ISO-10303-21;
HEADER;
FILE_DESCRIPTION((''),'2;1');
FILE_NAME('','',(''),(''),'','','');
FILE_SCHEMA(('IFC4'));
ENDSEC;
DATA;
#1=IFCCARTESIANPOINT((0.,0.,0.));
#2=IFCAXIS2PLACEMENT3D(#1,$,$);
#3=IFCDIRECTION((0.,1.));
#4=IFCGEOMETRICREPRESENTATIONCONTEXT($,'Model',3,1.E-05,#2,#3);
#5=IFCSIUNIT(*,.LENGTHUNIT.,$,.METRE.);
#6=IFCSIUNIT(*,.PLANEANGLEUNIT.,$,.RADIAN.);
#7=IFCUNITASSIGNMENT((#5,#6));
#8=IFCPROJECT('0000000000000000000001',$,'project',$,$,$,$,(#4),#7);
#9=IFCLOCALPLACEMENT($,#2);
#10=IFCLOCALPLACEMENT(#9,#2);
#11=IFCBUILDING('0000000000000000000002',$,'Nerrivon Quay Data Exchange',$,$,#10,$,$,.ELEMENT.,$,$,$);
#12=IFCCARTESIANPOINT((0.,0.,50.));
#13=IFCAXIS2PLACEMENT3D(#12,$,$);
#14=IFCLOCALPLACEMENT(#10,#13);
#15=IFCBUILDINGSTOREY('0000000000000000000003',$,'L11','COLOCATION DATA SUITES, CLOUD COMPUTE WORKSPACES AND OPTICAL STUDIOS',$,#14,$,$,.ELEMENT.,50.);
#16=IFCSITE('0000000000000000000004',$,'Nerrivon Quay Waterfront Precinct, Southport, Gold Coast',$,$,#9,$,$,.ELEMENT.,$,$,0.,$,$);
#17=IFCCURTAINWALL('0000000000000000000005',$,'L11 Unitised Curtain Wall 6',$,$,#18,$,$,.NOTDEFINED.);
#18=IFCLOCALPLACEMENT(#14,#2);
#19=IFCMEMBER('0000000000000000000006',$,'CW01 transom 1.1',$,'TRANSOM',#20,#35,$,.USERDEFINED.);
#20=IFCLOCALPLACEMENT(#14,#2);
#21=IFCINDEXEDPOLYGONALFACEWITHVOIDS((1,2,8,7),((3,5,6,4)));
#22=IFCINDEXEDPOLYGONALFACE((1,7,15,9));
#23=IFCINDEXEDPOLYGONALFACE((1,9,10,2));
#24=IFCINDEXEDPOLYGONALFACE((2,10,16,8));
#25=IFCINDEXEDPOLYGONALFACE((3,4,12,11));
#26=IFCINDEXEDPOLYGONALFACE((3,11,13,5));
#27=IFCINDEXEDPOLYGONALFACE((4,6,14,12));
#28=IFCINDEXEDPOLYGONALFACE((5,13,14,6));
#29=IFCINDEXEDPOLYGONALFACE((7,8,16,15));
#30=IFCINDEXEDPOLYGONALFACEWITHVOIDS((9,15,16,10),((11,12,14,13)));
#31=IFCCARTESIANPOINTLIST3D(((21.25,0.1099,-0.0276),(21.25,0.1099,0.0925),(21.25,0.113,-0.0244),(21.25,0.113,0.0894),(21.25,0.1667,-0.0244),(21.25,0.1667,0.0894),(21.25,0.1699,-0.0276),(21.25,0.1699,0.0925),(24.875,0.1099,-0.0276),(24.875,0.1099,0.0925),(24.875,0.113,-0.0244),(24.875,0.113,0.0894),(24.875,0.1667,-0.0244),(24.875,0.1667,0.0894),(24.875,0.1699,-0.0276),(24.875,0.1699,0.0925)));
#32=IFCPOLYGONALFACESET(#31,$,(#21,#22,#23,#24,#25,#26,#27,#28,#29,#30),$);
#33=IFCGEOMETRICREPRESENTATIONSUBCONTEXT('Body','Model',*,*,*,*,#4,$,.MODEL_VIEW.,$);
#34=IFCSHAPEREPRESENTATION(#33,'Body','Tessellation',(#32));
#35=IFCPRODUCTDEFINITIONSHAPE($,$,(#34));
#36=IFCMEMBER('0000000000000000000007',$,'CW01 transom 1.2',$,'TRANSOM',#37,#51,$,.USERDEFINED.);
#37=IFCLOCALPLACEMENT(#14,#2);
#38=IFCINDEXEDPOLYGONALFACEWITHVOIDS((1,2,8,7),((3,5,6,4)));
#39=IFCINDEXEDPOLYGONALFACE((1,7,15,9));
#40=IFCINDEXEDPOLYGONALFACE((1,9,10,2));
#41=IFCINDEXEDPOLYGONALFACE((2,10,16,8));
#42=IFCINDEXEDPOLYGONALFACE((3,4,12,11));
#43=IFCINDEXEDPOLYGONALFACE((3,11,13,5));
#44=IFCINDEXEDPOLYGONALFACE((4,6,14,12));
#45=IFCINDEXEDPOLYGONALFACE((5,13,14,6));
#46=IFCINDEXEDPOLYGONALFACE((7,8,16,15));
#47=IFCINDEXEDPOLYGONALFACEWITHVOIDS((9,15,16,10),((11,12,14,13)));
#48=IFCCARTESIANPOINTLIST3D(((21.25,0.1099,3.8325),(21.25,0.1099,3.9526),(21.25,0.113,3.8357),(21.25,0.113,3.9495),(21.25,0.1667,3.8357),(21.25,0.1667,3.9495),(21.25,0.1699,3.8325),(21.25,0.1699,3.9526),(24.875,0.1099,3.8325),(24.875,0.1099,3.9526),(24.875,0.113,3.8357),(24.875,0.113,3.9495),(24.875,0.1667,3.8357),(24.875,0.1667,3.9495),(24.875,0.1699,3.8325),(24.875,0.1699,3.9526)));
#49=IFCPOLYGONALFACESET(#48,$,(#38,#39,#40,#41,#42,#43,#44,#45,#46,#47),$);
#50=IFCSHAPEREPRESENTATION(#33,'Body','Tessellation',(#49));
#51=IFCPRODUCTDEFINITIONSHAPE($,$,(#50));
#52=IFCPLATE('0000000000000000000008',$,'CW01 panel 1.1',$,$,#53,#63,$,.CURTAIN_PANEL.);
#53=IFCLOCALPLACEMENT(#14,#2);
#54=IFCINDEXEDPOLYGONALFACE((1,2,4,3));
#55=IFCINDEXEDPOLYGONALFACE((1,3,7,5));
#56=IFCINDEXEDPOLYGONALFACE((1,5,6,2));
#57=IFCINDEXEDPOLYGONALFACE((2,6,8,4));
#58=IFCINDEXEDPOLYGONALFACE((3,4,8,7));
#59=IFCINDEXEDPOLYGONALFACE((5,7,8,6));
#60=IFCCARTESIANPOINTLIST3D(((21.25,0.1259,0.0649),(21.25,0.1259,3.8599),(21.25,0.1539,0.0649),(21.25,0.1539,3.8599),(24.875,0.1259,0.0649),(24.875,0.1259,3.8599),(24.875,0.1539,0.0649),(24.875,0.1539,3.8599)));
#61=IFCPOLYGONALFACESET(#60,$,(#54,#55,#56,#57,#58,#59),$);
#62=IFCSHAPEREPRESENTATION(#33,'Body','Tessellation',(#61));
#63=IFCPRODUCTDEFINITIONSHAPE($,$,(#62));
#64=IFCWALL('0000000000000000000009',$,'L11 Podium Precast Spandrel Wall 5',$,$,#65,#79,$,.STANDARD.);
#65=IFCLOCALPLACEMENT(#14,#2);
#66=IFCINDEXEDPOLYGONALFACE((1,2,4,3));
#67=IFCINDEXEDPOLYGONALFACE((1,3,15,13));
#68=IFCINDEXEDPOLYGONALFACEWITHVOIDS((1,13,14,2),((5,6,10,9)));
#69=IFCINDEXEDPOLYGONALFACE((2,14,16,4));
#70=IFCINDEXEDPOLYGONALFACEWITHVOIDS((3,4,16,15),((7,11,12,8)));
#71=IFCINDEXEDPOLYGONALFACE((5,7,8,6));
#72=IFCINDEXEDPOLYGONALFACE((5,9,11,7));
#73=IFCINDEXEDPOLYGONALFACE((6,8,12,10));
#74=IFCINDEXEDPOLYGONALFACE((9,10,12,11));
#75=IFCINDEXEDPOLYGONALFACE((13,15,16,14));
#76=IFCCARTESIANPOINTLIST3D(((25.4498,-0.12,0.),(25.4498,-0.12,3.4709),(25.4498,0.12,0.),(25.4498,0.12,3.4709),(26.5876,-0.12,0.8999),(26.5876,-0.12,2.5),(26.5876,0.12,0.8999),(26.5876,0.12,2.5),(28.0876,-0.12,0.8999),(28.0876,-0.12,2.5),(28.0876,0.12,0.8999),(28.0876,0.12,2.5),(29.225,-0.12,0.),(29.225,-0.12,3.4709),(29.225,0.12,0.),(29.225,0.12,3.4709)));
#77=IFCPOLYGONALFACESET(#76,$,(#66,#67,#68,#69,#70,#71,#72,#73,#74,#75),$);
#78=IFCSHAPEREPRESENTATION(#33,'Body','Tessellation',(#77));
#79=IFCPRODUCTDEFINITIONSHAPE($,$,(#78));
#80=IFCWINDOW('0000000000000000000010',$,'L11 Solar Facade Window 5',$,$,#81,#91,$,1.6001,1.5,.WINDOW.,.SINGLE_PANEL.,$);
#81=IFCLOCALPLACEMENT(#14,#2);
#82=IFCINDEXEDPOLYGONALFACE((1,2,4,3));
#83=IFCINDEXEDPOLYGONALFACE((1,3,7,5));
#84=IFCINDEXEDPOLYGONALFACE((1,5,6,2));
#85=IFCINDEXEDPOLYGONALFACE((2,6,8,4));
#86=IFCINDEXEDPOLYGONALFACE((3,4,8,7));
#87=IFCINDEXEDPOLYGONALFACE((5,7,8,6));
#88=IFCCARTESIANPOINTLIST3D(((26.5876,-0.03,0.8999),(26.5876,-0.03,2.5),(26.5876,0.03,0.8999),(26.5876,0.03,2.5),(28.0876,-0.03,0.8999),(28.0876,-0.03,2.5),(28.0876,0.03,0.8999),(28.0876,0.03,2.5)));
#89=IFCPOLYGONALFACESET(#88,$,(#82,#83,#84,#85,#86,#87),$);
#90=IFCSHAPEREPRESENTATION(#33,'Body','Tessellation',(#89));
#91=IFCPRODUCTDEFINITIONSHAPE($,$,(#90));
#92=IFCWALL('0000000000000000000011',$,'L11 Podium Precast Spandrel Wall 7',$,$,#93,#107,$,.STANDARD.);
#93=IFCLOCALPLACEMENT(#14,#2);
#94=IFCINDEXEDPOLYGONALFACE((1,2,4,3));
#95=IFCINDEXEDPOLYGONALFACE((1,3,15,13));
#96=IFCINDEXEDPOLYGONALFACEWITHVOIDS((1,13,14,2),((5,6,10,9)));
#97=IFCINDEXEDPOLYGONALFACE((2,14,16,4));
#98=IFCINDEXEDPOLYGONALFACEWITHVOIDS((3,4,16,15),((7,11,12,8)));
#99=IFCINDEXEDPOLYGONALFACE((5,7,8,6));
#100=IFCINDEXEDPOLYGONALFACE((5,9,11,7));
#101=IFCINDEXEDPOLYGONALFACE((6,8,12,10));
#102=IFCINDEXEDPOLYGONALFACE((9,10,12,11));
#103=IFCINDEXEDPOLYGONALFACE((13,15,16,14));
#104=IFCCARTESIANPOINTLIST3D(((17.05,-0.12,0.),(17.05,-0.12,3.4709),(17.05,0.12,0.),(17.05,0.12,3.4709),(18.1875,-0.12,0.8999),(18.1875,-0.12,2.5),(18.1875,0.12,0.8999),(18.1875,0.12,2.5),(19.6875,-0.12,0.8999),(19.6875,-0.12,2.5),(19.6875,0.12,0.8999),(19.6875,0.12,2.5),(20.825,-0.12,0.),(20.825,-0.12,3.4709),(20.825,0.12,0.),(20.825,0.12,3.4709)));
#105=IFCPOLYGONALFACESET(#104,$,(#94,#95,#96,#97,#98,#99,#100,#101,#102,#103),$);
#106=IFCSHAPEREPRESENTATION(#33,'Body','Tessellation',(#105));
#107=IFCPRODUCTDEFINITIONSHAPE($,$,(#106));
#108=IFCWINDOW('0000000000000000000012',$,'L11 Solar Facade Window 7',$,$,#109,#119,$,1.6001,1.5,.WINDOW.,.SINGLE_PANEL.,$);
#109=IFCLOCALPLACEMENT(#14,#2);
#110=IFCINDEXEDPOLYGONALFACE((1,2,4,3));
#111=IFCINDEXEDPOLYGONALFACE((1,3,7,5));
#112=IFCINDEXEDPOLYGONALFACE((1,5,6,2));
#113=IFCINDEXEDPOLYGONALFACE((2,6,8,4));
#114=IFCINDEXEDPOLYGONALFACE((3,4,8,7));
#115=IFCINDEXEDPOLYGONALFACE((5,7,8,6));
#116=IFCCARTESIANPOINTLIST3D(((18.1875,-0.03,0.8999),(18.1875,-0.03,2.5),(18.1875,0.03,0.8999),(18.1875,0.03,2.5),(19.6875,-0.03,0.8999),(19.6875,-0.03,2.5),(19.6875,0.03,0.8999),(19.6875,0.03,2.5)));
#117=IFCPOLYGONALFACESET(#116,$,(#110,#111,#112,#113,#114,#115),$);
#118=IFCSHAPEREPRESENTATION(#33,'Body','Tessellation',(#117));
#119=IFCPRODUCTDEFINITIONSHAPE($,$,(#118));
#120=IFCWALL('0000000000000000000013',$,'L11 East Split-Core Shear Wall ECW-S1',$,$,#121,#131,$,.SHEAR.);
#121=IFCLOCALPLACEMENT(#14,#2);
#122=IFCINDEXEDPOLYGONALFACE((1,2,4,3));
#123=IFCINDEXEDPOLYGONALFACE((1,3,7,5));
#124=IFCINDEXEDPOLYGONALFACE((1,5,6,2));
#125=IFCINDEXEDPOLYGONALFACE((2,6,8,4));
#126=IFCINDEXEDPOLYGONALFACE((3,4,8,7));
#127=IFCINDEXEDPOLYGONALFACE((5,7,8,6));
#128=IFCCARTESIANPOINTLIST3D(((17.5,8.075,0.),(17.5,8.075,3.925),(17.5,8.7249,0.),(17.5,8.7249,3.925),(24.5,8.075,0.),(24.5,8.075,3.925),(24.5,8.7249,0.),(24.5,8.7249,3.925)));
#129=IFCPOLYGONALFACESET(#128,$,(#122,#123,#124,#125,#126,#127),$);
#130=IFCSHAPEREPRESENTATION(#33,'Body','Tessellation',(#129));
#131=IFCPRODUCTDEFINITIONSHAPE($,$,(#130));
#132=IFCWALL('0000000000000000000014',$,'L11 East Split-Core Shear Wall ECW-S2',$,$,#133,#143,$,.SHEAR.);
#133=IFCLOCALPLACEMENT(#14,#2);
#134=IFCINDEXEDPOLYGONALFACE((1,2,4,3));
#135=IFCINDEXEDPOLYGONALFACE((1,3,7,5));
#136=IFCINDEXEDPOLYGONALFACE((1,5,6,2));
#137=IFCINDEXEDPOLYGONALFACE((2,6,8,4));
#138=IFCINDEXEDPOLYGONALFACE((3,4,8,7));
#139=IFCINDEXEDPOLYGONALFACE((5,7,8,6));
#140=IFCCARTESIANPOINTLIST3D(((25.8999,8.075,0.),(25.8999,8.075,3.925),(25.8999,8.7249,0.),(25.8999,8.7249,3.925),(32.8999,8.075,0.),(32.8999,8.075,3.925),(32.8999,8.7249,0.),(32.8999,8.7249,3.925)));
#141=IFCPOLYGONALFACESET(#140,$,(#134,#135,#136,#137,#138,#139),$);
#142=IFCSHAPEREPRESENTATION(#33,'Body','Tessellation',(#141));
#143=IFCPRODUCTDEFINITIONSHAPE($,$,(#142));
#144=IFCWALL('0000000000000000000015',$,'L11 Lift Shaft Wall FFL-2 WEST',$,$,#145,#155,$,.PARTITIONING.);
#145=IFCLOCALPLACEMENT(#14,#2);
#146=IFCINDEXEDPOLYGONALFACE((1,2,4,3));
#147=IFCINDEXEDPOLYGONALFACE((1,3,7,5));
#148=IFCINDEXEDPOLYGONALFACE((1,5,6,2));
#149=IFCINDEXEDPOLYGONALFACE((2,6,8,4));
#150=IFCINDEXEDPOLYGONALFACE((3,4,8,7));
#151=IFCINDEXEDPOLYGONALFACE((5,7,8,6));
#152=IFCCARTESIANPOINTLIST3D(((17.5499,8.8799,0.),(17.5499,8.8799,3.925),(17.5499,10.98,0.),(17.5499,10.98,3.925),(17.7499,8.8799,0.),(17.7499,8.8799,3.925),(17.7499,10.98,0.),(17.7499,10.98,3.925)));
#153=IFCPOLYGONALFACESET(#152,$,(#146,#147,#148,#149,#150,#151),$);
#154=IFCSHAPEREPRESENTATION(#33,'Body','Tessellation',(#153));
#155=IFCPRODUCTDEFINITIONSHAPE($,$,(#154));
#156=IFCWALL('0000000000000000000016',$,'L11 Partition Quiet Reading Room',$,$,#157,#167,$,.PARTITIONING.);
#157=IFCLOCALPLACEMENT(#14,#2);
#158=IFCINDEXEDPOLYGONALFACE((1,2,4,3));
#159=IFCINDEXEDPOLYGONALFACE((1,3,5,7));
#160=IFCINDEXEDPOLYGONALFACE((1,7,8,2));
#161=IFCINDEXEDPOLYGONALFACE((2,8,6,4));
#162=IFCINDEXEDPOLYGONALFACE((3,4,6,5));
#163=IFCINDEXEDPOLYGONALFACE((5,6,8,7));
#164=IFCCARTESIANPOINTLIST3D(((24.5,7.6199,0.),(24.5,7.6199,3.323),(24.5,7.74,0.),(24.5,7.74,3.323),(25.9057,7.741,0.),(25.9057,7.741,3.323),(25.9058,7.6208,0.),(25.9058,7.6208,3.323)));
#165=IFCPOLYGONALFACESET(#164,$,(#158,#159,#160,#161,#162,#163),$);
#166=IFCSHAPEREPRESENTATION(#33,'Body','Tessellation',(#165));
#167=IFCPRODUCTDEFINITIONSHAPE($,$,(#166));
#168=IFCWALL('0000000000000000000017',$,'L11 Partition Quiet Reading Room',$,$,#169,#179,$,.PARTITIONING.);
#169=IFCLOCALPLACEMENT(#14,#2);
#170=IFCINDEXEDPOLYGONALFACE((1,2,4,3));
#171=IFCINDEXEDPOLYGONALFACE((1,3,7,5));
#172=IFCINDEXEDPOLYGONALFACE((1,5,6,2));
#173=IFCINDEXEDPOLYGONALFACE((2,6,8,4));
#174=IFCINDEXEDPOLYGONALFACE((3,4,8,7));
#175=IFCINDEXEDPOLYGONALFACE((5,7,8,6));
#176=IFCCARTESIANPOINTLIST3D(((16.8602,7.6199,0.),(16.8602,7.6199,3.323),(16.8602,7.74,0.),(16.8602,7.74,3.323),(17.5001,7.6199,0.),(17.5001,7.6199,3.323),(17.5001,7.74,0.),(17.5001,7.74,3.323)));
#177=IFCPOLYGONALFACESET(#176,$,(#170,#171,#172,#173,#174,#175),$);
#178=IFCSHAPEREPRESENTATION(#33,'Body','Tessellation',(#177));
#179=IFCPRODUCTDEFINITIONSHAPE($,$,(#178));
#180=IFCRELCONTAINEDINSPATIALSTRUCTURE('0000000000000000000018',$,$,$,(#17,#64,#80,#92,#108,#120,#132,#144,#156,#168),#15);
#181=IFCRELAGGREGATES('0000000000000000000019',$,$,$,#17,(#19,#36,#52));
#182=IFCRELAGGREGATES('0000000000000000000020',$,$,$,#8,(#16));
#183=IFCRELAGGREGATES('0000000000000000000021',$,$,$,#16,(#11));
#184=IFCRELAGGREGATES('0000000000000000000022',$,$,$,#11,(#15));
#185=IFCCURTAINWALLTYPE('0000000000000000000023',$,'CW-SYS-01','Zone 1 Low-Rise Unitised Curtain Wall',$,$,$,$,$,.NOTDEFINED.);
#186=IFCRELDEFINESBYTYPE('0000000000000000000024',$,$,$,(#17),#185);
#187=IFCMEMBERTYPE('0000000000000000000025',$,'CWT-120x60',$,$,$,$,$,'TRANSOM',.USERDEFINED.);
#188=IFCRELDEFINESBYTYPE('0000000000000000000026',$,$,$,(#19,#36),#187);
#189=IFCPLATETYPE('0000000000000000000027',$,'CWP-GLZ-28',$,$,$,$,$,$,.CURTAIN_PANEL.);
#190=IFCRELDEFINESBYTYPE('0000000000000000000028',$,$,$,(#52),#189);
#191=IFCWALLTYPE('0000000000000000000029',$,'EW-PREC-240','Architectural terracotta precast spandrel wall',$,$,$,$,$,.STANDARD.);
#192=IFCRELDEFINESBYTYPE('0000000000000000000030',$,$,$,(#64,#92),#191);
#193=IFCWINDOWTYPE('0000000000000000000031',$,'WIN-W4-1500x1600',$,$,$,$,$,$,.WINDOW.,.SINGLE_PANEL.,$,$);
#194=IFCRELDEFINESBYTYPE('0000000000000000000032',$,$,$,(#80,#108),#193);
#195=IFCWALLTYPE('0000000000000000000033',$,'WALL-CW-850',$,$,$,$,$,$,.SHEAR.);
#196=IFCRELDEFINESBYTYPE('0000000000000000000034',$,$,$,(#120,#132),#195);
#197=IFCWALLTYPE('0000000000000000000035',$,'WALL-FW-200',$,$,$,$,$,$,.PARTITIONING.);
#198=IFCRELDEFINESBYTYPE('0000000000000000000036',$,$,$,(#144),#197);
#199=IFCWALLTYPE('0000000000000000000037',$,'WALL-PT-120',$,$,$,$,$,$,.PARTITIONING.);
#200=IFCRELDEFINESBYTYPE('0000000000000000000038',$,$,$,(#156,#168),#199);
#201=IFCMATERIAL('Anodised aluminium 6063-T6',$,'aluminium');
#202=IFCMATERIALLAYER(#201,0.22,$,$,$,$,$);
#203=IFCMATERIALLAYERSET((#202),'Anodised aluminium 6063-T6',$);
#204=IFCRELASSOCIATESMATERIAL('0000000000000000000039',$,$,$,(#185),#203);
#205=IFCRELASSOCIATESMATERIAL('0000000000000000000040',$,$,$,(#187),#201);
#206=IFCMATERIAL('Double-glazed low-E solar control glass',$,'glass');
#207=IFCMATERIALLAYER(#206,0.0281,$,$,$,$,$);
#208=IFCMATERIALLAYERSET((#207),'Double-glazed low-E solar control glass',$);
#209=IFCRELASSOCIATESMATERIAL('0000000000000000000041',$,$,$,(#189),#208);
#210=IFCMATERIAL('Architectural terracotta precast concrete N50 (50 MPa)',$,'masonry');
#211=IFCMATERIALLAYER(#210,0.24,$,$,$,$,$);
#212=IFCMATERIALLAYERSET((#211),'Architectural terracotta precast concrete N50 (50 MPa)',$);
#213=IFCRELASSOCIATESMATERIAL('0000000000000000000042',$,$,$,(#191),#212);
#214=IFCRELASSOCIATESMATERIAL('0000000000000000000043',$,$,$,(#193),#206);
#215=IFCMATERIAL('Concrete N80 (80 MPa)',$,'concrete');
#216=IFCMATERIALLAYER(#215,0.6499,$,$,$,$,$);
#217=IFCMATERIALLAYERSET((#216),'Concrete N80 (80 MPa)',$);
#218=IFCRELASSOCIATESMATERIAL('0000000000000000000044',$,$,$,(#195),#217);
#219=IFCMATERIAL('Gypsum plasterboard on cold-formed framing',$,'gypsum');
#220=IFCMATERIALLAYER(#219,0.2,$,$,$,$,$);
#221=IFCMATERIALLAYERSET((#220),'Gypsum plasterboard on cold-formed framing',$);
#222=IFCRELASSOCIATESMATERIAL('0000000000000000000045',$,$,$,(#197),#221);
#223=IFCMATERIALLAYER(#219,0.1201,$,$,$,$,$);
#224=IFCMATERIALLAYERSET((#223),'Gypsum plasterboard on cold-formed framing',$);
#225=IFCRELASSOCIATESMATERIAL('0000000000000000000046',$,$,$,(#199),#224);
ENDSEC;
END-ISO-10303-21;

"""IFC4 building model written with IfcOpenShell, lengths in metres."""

from ifc_helpers import new_model, si_unit, direction, frame, frame_2d, origin, origin_2d, place, context, subcontext, project, spatial, rectangle, hollow_rectangle, extrude, material, layer, layer_set, material_profile, profile_set, type_object, element, fill, aggregate, save


model = new_model("IFC4")

# Units and contexts
model_context = context("Model", 3, precision=1e-05, world=origin(), true_north=direction((0.0, 1.0)))
body_context = subcontext(model_context, "Body", "Model", "MODEL_VIEW")
ifc_project = project(units=[si_unit("LENGTHUNIT", "METRE"), si_unit("PLANEANGLEUNIT", "RADIAN")], contexts=[model_context])

# Site, building, storey
site_placement = place(None, origin())
site = spatial("IfcSite", under=ifc_project, at=site_placement, Name="Nerrivon Quay Waterfront Precinct, Southport, Gold Coast", CompositionType="ELEMENT", RefElevation=0.0)
building_placement = place(site_placement, origin())
building = spatial("IfcBuilding", under=site, at=building_placement, Name="Nerrivon Quay Data Exchange", CompositionType="ELEMENT")
storey_placement = place(building_placement, frame((0.0, 0.0, 50.0)))
storey = spatial("IfcBuildingStorey", under=building, at=storey_placement, Name="L11", Description="COLOCATION DATA SUITES, CLOUD COMPUTE WORKSPACES AND OPTICAL STUDIOS", CompositionType="ELEMENT", Elevation=50.0)

# Shared definitions
ifc_material_1 = material(Name="Concrete N80 (80 MPa)", Category="concrete")

# Shared definitions
ifc_material_2 = material(Name="Anodised aluminium 6063-T6", Category="aluminium")
ifc_layer_1 = layer(ifc_material_2, 0.22)
ifc_layer_set_1 = layer_set([ifc_layer_1], Name="Anodised aluminium 6063-T6")
curtain_wall_type = type_object("IfcCurtainWallType", Name="CW-SYS-01", Description="Zone 1 Low-Rise Unitised Curtain Wall", PredefinedType="NOTDEFINED", material=ifc_layer_set_1)

# Curtain wall, members, plate
curtain_wall_1_placement = place(storey_placement, origin())
curtain_wall_1 = element("IfcCurtainWall", 1, at=curtain_wall_1_placement, inside=storey, type_object=curtain_wall_type, Name="L11 Unitised Curtain Wall 6", PredefinedType="NOTDEFINED")
ifc_material_profile_1 = material_profile(ifc_material_2, hollow_rectangle(XDim=0.0601, YDim=0.1201, WallThickness=0.0032, at=origin_2d()), Name="ALU-TRAN-120x60")
ifc_profile_set_1 = profile_set([ifc_material_profile_1], Name="Anodised aluminium 6063-T6")
member_type_1 = type_object("IfcMemberType", Name="CWT-120x60", ElementType="TRANSOM", PredefinedType="USERDEFINED", material=ifc_profile_set_1)
member_1_placement = place(storey_placement, frame((24.875, 0.1399, 0.0325), z_axis=(-1.0, 0.0, 0.0), x_axis=(0.0, -1.0, 0.0)))
member_1 = element("IfcMember", 2, at=member_1_placement, type_object=member_type_1, Name="CW01 transom 1.1", ObjectType="TRANSOM", PredefinedType="USERDEFINED", context=body_context, shape_type="SweptSolid", body=[
    extrude(hollow_rectangle(XDim=0.0601, YDim=0.1201, WallThickness=0.0032, at=origin_2d()), origin(), (0.0, 0.0, 1.0), 3.625),
])
member_2_placement = place(storey_placement, frame((24.875, 0.1399, 3.8926), z_axis=(-1.0, 0.0, 0.0), x_axis=(0.0, -1.0, 0.0)))
member_2 = element("IfcMember", 3, at=member_2_placement, type_object=member_type_1, Name="CW01 transom 1.2", ObjectType="TRANSOM", PredefinedType="USERDEFINED", context=body_context, shape_type="SweptSolid", body=[
    extrude(hollow_rectangle(XDim=0.0601, YDim=0.1201, WallThickness=0.0032, at=origin_2d()), origin(), (0.0, 0.0, 1.0), 3.625),
])
ifc_material_3 = material(Name="Double-glazed low-E solar control glass", Category="glass")
ifc_layer_2 = layer(ifc_material_3, 0.0281)
ifc_layer_set_2 = layer_set([ifc_layer_2], Name="Double-glazed low-E solar control glass")
plate_type = type_object("IfcPlateType", Name="CWP-GLZ-28", PredefinedType="CURTAIN_PANEL", material=ifc_layer_set_2)
plate_placement = place(storey_placement, frame((23.0625, 0.1399, 0.0649), z_axis=(0.0, 0.0, 1.0), x_axis=(-1.0, 0.0, 0.0)))
plate = element("IfcPlate", 4, at=plate_placement, type_object=plate_type, Name="CW01 panel 1.1", PredefinedType="CURTAIN_PANEL", context=body_context, shape_type="SweptSolid", body=[
    extrude(rectangle(XDim=3.625, YDim=0.0281, at=origin_2d()), origin(), (0.0, 0.0, 1.0), 3.7949),
])
aggregate(curtain_wall_1, [member_1, member_2, plate])

# Walls, openings, windows
ifc_material_4 = material(Name="Architectural terracotta precast concrete N50 (50 MPa)", Category="masonry")
ifc_layer_3 = layer(ifc_material_4, 0.24)
ifc_layer_set_3 = layer_set([ifc_layer_3], Name="Architectural terracotta precast concrete N50 (50 MPa)")
wall_type_1 = type_object("IfcWallType", Name="EW-PREC-240", Description="Architectural terracotta precast spandrel wall", PredefinedType="STANDARD", material=ifc_layer_set_3)
wall_1_placement = place(storey_placement, frame((29.2251, 0.0, 0.0), z_axis=(0.0, 0.0, 1.0), x_axis=(-1.0, 0.0, 0.0)))
wall_1 = element("IfcWall", 5, at=wall_1_placement, inside=storey, type_object=wall_type_1, Name="L11 Podium Precast Spandrel Wall 5", PredefinedType="STANDARD", context=body_context, shape_type="SweptSolid", body=[
    extrude(rectangle(XDim=3.7751, YDim=0.24, at=frame_2d((1.8877, 0.0))), origin(), (0.0, 0.0, 1.0), 3.4709),
])
opening_1_placement = place(wall_1_placement, frame((1.1375, 0.0, 0.8999)))
opening_1 = element("IfcOpeningElement", 6, at=opening_1_placement, cuts=wall_1, PredefinedType="OPENING", context=body_context, shape_type="SweptSolid", body=[
    extrude(rectangle(XDim=1.5, YDim=1.6001, at=frame_2d((0.75, 0.8))), frame((0.0, 0.1299, 0.0), z_axis=(0.0, -1.0, 0.0), x_axis=(1.0, 0.0, 0.0)), (0.0, 0.0, 1.0), 0.26),
])
window_type = type_object("IfcWindowType", Name="WIN-W4-1500x1600", PartitioningType="SINGLE_PANEL", PredefinedType="WINDOW", material=ifc_material_3)
window_1_placement = place(opening_1_placement, origin())
window_1 = element("IfcWindow", 7, at=window_1_placement, inside=storey, type_object=window_type, Name="L11 Solar Facade Window 5", OverallHeight=1.6001, OverallWidth=1.5, PartitioningType="SINGLE_PANEL", PredefinedType="WINDOW", context=body_context, shape_type="SweptSolid", body=[
    extrude(rectangle(XDim=1.5, YDim=1.6001, at=frame_2d((0.75, 0.8))), frame((0.0, 0.03, 0.0), z_axis=(0.0, -1.0, 0.0), x_axis=(1.0, 0.0, 0.0)), (0.0, 0.0, 1.0), 0.0601),
])
fill(opening_1, window_1)
wall_2_placement = place(storey_placement, frame((20.825, 0.0, 0.0), z_axis=(0.0, 0.0, 1.0), x_axis=(-1.0, 0.0, 0.0)))
wall_2 = element("IfcWall", 8, at=wall_2_placement, inside=storey, type_object=wall_type_1, Name="L11 Podium Precast Spandrel Wall 7", PredefinedType="STANDARD", context=body_context, shape_type="SweptSolid", body=[
    extrude(rectangle(XDim=3.7749, YDim=0.24, at=frame_2d((1.8875, 0.0))), origin(), (0.0, 0.0, 1.0), 3.4709),
])
opening_2_placement = place(wall_2_placement, frame((1.1375, 0.0, 0.8999)))
opening_2 = element("IfcOpeningElement", 9, at=opening_2_placement, cuts=wall_2, PredefinedType="OPENING", context=body_context, shape_type="SweptSolid", body=[
    extrude(rectangle(XDim=1.5, YDim=1.6001, at=frame_2d((0.75, 0.8))), frame((0.0, 0.1299, 0.0), z_axis=(0.0, -1.0, 0.0), x_axis=(1.0, 0.0, 0.0)), (0.0, 0.0, 1.0), 0.26),
])
window_2_placement = place(opening_2_placement, origin())
window_2 = element("IfcWindow", 10, at=window_2_placement, inside=storey, type_object=window_type, Name="L11 Solar Facade Window 7", OverallHeight=1.6001, OverallWidth=1.5, PartitioningType="SINGLE_PANEL", PredefinedType="WINDOW", context=body_context, shape_type="SweptSolid", body=[
    extrude(rectangle(XDim=1.5, YDim=1.6001, at=frame_2d((0.75, 0.8))), frame((0.0, 0.03, 0.0), z_axis=(0.0, -1.0, 0.0), x_axis=(1.0, 0.0, 0.0)), (0.0, 0.0, 1.0), 0.0601),
])
fill(opening_2, window_2)

# Walls
ifc_layer_4 = layer(ifc_material_1, 0.6499)
ifc_layer_set_4 = layer_set([ifc_layer_4], Name="Concrete N80 (80 MPa)")
wall_type_2 = type_object("IfcWallType", Name="WALL-CW-850", PredefinedType="SHEAR", material=ifc_layer_set_4)
for number, where, z_axis, x_axis, name in (
    (11, (17.5, 8.3999, 0.0), (0.0, 0.0, 1.0), (1.0, 0.0, 0.0), "L11 East Split-Core Shear Wall ECW-S1"),
    (12, (25.8999, 8.3999, 0.0), (0.0, 0.0, 1.0), (1.0, 0.0, 0.0), "L11 East Split-Core Shear Wall ECW-S2"),
):
    element("IfcWall", number, at=place(storey_placement, frame(where, z_axis=z_axis, x_axis=x_axis)), inside=storey, type_object=wall_type_2, Name=name, PredefinedType="SHEAR", context=body_context, shape_type="SweptSolid", body=[
        extrude(rectangle(XDim=7.0, YDim=0.6499, at=frame_2d((3.5, 0.0))), origin(), (0.0, 0.0, 1.0), 3.925),
    ])
ifc_material_5 = material(Name="Gypsum plasterboard on cold-formed framing", Category="gypsum")
ifc_layer_5 = layer(ifc_material_5, 0.2)
ifc_layer_set_5 = layer_set([ifc_layer_5], Name="Gypsum plasterboard on cold-formed framing")
wall_type_3 = type_object("IfcWallType", Name="WALL-FW-200", PredefinedType="PARTITIONING", material=ifc_layer_set_5)
wall_3_placement = place(storey_placement, frame((17.6499, 8.8799, 0.0), z_axis=(0.0, 0.0, 1.0), x_axis=(0.0, 1.0, 0.0)))
element("IfcWall", 13, at=wall_3_placement, inside=storey, type_object=wall_type_3, Name="L11 Lift Shaft Wall FFL-2 WEST", PredefinedType="PARTITIONING", context=body_context, shape_type="SweptSolid", body=[
    extrude(rectangle(XDim=2.1001, YDim=0.2, at=frame_2d((1.05, 0.0))), origin(), (0.0, 0.0, 1.0), 3.925),
])
ifc_layer_6 = layer(ifc_material_5, 0.1201)
ifc_layer_set_6 = layer_set([ifc_layer_6], Name="Gypsum plasterboard on cold-formed framing")
wall_type_4 = type_object("IfcWallType", Name="WALL-PT-120", PredefinedType="PARTITIONING", material=ifc_layer_set_6)
wall_4_placement = place(storey_placement, frame((25.9058, 7.6809, 0.0), z_axis=(0.0, 0.0, 1.0), x_axis=(-1.0, -0.000695, 0.0)))
element("IfcWall", 14, at=wall_4_placement, inside=storey, type_object=wall_type_4, Name="L11 Partition Quiet Reading Room", PredefinedType="PARTITIONING", context=body_context, shape_type="SweptSolid", body=[
    extrude(rectangle(XDim=1.4058, YDim=0.1201, at=frame_2d((0.7029, 0.0))), origin(), (0.0, 0.0, 1.0), 3.323),
])
wall_5_placement = place(storey_placement, frame((17.5, 7.6799, 0.0), z_axis=(0.0, 0.0, 1.0), x_axis=(-1.0, 0.0, 0.0)))
element("IfcWall", 15, at=wall_5_placement, inside=storey, type_object=wall_type_4, Name="L11 Partition Quiet Reading Room", PredefinedType="PARTITIONING", context=body_context, shape_type="SweptSolid", body=[
    extrude(rectangle(XDim=0.6399, YDim=0.1201, at=frame_2d((0.3198, 0.0))), origin(), (0.0, 0.0, 1.0), 3.323),
])

save(model, "model.ifc")
